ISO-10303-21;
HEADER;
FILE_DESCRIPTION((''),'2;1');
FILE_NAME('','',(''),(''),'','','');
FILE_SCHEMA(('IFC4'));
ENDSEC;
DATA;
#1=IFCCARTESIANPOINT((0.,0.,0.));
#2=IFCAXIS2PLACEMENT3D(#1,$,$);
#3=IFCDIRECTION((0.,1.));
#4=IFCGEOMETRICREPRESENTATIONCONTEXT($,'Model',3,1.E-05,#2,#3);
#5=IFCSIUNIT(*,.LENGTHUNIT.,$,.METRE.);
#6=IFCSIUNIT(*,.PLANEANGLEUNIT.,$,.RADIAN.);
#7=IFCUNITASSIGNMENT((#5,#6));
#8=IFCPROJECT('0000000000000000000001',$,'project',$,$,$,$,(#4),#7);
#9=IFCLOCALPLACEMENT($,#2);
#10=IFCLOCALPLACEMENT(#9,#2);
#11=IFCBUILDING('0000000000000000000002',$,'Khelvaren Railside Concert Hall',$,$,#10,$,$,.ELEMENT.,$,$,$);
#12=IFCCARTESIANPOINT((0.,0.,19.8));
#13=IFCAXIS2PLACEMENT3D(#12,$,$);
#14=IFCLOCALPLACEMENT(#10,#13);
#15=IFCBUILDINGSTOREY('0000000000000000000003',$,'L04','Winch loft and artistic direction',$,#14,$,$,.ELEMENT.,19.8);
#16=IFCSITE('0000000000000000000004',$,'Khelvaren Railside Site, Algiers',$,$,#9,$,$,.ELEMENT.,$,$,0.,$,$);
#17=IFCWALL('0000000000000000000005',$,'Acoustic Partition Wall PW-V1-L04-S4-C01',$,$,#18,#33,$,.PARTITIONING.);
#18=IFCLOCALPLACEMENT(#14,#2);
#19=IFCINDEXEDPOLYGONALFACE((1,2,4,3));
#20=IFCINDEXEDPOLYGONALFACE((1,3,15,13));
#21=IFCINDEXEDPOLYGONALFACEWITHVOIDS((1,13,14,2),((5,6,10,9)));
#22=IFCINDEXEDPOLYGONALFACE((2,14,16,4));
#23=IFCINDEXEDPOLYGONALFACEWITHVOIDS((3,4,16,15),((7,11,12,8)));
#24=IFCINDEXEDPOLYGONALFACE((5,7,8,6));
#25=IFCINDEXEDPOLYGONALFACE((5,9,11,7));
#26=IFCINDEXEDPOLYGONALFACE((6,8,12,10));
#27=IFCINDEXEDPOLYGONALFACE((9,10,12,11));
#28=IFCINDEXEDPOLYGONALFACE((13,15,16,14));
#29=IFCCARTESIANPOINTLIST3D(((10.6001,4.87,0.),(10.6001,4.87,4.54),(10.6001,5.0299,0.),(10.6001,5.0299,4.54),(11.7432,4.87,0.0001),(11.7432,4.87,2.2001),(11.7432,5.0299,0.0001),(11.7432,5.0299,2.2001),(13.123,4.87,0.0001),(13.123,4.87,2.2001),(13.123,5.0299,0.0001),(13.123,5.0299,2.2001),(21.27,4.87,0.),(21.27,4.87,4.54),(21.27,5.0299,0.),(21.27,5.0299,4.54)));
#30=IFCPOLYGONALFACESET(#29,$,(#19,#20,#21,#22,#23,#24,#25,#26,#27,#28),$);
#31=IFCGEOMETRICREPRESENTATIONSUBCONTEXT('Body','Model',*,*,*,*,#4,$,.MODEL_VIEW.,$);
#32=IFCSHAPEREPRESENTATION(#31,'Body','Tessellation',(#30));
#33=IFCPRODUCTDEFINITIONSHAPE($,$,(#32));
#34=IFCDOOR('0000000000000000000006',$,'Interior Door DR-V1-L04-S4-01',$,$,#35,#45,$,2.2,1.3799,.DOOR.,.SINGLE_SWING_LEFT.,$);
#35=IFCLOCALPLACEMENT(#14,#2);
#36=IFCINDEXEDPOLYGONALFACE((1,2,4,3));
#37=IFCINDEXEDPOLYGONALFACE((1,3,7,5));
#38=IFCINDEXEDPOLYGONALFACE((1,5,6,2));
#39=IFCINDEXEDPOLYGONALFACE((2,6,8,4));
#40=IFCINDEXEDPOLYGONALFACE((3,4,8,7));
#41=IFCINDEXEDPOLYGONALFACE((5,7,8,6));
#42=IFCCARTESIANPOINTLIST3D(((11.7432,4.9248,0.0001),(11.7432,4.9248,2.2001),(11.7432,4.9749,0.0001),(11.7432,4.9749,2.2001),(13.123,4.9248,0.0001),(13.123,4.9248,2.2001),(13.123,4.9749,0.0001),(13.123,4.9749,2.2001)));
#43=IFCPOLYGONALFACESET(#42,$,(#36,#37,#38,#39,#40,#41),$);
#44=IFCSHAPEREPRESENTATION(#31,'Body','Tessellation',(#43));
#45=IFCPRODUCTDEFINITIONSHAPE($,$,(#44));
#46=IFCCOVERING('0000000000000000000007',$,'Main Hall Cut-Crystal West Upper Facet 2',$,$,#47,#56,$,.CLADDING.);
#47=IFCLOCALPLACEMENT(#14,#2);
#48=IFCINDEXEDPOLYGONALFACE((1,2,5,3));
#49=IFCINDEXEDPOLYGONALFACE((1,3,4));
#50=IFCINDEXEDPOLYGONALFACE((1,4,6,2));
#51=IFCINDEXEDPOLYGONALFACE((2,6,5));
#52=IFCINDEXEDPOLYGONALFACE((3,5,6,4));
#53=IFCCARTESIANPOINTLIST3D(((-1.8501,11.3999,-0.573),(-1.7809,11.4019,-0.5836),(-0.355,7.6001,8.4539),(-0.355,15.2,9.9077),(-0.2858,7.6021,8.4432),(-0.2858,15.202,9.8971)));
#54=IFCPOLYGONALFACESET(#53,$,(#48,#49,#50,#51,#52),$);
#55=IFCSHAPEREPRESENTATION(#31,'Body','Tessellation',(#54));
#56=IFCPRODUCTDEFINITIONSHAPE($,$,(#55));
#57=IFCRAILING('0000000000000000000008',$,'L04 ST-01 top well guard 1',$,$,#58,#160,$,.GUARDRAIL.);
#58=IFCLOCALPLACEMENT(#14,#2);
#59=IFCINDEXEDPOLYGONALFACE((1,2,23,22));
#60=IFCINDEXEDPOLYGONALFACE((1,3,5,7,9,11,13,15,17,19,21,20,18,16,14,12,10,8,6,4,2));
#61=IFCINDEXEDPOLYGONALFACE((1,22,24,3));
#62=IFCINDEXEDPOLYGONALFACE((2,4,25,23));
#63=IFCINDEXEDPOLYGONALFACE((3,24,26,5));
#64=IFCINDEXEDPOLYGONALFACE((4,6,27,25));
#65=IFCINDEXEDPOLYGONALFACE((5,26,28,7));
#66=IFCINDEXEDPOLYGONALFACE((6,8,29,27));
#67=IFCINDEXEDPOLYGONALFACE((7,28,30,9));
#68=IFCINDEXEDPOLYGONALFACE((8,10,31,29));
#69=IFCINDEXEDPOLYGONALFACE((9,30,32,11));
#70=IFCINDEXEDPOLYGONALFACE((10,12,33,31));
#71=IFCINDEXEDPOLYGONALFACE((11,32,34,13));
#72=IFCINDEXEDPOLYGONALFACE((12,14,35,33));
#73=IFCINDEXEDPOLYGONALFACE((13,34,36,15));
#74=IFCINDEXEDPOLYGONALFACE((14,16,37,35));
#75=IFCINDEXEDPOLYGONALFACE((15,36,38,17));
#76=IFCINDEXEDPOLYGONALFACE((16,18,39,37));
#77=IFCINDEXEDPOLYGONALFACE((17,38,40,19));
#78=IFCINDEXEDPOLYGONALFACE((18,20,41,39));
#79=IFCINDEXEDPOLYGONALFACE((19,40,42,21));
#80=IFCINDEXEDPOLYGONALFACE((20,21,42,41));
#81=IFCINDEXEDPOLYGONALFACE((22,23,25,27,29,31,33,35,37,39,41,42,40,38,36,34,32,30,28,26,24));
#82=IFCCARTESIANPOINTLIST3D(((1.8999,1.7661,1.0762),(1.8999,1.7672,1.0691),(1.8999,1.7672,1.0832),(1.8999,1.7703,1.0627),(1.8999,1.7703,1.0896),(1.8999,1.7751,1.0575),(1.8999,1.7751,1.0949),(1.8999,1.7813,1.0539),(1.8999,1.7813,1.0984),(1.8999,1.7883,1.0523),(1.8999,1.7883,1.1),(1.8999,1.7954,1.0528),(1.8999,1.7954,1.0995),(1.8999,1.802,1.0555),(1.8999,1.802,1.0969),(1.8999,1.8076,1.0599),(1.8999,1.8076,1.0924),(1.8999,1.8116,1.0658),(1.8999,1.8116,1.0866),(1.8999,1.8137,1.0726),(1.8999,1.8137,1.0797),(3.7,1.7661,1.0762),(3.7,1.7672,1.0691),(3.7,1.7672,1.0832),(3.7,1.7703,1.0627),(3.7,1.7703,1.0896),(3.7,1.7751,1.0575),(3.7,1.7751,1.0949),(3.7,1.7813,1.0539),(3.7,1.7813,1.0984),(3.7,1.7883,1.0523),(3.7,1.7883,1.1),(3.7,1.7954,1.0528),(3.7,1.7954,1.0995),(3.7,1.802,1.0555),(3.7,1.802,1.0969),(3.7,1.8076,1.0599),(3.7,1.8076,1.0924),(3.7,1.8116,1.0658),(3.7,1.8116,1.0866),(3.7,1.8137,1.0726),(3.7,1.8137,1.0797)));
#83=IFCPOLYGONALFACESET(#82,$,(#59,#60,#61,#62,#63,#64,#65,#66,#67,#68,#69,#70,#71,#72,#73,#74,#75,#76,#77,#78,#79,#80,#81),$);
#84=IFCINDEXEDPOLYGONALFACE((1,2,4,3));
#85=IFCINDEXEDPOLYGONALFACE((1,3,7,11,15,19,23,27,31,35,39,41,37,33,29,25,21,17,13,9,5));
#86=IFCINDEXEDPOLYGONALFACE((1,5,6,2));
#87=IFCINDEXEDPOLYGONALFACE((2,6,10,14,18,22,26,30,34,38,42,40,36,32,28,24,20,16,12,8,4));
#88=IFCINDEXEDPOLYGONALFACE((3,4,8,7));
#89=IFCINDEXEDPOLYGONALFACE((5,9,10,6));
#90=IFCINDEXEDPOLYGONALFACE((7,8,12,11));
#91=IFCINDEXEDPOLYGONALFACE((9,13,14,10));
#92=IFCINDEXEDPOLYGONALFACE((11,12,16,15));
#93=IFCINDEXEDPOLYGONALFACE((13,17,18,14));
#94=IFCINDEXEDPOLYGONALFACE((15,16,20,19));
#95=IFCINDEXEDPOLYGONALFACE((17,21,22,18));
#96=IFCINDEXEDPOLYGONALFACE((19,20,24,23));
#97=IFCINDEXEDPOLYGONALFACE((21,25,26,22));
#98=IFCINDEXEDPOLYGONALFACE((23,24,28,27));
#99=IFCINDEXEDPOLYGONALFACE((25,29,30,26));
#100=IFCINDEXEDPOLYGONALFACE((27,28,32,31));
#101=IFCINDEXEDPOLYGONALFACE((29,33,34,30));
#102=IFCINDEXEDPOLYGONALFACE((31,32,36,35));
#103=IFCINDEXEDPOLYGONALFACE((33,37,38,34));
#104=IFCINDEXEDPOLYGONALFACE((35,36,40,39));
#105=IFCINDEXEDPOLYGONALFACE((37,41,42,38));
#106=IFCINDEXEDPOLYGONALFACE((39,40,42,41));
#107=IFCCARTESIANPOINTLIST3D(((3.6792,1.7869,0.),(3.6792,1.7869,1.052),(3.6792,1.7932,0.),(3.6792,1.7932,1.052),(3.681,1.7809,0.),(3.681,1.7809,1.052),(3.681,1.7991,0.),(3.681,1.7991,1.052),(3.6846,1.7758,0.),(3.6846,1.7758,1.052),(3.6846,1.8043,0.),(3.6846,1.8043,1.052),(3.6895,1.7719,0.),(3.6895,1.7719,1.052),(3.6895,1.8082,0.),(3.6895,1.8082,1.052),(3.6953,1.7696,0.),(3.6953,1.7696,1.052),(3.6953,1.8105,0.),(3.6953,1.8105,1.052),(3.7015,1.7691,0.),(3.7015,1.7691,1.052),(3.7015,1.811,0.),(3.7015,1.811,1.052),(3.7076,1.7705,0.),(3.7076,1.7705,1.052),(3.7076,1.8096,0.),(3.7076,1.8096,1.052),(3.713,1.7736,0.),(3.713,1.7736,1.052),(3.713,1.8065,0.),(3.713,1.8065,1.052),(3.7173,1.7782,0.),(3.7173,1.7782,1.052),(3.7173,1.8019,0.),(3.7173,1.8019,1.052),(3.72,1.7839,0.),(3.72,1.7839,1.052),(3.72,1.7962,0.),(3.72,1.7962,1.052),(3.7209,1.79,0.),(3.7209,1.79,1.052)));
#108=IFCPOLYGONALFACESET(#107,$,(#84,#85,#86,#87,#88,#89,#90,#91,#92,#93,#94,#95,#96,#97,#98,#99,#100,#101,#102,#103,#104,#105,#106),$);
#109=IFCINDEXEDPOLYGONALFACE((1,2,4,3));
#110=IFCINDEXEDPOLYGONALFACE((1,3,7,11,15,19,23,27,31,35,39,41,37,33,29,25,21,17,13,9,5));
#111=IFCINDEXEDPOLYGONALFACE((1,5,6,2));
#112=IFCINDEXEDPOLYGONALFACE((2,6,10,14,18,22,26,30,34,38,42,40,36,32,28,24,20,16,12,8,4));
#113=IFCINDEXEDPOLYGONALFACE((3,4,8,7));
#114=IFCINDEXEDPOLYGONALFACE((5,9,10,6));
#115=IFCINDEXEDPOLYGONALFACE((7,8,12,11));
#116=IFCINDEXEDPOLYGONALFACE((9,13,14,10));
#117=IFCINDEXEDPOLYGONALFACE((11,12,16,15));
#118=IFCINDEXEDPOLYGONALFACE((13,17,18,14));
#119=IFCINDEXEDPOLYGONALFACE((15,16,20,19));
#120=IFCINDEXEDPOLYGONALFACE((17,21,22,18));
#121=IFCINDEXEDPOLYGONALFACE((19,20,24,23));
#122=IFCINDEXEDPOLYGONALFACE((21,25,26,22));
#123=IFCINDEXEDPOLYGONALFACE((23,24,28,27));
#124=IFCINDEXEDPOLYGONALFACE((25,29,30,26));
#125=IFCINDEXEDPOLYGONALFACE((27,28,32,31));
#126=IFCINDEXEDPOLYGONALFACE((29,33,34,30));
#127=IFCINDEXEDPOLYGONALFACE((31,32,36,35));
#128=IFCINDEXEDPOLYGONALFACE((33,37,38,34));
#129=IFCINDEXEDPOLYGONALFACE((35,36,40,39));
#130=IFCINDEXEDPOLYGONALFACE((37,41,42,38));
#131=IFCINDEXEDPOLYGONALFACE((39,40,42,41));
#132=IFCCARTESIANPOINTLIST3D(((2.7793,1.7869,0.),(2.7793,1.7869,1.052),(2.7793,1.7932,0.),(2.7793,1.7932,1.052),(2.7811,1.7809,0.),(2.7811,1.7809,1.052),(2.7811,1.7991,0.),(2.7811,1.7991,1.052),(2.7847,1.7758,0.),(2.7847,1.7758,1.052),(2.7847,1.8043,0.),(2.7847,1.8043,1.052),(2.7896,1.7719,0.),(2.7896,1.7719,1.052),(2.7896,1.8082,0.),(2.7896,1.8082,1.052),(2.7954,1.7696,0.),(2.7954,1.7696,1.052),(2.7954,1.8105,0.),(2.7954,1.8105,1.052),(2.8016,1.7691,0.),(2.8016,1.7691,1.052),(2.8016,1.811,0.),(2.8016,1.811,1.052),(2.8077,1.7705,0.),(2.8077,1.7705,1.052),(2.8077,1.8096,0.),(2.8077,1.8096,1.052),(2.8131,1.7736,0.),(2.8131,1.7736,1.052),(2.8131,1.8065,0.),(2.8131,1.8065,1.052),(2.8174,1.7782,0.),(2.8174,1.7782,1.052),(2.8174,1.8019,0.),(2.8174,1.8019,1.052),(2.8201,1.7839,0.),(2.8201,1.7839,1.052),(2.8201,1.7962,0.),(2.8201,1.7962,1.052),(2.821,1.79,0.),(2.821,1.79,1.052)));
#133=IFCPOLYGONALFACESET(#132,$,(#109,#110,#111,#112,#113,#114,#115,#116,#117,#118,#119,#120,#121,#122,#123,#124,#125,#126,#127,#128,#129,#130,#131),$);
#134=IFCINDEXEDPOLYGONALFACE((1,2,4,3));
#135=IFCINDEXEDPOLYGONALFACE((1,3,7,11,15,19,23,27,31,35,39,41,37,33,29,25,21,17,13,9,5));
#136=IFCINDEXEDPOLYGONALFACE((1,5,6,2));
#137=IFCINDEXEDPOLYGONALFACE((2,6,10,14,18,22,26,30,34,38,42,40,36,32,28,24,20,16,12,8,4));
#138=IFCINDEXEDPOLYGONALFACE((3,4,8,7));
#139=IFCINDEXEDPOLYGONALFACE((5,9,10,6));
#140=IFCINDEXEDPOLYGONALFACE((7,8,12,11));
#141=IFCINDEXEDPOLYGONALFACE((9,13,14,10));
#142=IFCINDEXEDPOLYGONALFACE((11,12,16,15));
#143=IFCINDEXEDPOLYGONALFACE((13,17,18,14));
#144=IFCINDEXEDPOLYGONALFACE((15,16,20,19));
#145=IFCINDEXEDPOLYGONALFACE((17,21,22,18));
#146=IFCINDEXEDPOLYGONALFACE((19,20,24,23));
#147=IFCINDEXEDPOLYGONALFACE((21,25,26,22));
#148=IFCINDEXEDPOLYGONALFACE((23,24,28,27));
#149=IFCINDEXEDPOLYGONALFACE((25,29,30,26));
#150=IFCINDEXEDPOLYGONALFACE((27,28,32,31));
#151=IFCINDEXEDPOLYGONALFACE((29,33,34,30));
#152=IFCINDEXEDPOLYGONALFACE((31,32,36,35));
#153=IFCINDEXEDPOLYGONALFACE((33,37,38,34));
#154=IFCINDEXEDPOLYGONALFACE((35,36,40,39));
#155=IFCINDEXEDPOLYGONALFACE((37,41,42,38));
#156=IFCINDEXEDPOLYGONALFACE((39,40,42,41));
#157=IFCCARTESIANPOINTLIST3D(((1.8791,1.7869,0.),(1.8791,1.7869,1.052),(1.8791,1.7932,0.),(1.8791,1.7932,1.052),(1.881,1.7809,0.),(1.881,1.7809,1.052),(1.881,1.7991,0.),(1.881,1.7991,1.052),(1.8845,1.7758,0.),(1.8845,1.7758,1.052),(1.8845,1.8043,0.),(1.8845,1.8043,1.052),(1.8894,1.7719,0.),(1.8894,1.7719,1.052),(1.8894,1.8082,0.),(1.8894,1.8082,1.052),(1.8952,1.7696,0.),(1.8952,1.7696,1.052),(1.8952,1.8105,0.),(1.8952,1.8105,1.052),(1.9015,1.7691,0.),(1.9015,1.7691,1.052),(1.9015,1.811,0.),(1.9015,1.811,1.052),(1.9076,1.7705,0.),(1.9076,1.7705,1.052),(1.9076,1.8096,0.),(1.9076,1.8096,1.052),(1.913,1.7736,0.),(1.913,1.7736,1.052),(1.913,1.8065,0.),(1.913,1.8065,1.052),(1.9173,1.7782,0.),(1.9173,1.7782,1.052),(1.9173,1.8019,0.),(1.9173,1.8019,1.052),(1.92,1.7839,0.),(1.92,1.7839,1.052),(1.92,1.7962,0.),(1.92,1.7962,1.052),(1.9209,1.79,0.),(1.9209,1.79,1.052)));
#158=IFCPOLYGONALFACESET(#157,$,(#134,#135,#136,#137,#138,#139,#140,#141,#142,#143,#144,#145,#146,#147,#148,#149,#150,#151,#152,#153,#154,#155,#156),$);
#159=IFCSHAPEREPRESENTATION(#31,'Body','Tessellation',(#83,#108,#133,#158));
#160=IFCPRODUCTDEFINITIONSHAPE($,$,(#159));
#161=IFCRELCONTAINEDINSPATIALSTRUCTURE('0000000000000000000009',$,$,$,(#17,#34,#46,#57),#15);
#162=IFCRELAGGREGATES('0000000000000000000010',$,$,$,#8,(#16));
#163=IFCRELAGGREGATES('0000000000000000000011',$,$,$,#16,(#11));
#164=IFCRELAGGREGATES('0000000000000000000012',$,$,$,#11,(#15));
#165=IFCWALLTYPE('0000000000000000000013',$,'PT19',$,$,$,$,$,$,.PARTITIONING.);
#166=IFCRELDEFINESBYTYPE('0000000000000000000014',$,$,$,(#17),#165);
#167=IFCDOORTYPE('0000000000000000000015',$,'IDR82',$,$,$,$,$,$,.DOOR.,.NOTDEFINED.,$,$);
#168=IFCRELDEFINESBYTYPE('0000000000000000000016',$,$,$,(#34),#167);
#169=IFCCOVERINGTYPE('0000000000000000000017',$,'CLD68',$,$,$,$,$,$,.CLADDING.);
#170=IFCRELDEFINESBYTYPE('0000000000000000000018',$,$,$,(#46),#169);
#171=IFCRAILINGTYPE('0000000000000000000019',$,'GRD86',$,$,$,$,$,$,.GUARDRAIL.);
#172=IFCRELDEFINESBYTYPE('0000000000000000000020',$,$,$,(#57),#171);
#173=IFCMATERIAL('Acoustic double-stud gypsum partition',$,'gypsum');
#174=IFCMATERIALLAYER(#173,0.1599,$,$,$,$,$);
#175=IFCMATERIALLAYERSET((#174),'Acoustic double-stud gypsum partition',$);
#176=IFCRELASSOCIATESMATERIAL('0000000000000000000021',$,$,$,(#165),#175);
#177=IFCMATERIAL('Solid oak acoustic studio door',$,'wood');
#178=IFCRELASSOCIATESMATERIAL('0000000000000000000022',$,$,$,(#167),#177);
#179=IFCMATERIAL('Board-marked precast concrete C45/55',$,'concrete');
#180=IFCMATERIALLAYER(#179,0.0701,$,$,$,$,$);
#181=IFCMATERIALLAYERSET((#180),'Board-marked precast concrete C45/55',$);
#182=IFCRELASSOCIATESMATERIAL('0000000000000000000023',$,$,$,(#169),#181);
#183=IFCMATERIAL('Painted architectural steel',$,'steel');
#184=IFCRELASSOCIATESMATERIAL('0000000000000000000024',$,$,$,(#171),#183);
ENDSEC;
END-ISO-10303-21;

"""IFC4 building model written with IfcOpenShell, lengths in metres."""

from ifc_helpers import new_model, si_unit, direction, frame, frame_2d, origin, origin_2d, place, context, subcontext, project, spatial, polyline, rectangle, circle, outline, extrude, material, layer, layer_set, type_object, element, fill, save


model = new_model("IFC4")

# Units and contexts
model_context = context("Model", 3, precision=1e-05, world=origin(), true_north=direction((0.0, 1.0)))
body_context = subcontext(model_context, "Body", "Model", "MODEL_VIEW")
ifc_project = project(units=[si_unit("LENGTHUNIT", "METRE"), si_unit("PLANEANGLEUNIT", "RADIAN")], contexts=[model_context])

# Site, building, storey
site_placement = place(None, origin())
site = spatial("IfcSite", under=ifc_project, at=site_placement, Name="Khelvaren Railside Site, Algiers", CompositionType="ELEMENT", RefElevation=0.0)
building_placement = place(site_placement, origin())
building = spatial("IfcBuilding", under=site, at=building_placement, Name="Khelvaren Railside Concert Hall", CompositionType="ELEMENT")
storey_placement = place(building_placement, frame((0.0, 0.0, 19.8)))
storey = spatial("IfcBuildingStorey", under=building, at=storey_placement, Name="L04", Description="Winch loft and artistic direction", CompositionType="ELEMENT", Elevation=19.8)

# Wall, opening, door
ifc_material_1 = material(Name="Acoustic double-stud gypsum partition", Category="gypsum")
ifc_layer_1 = layer(ifc_material_1, 0.1599)
ifc_layer_set_1 = layer_set([ifc_layer_1], Name="Acoustic double-stud gypsum partition")
wall_type_1 = type_object("IfcWallType", Name="PT19", PredefinedType="PARTITIONING", material=ifc_layer_set_1)
wall_1_placement = place(storey_placement, frame((10.6001, 4.95, 0.0), z_axis=(0.0, 0.0, 1.0), x_axis=(1.0, 0.0, 0.0)))
wall_1 = element("IfcWall", 1, at=wall_1_placement, inside=storey, type_object=wall_type_1, Name="Acoustic Partition Wall PW-V1-L04-S4-C01", PredefinedType="PARTITIONING", context=body_context, shape_type="SweptSolid", body=[
    extrude(rectangle(XDim=10.6699, YDim=0.1599, at=frame_2d((5.335, 0.0))), origin(), (0.0, 0.0, 1.0), 4.54),
])
opening_1_placement = place(wall_1_placement, frame((1.1431, 0.0, 0.0)))
opening_1 = element("IfcOpeningElement", 2, at=opening_1_placement, cuts=wall_1, PredefinedType="OPENING", context=body_context, shape_type="SweptSolid", body=[
    extrude(rectangle(XDim=1.3799, YDim=2.2, at=frame_2d((0.6899, 1.1001))), frame((0.0, 0.0898, 0.0), z_axis=(0.0, -1.0, 0.0), x_axis=(1.0, 0.0, 0.0)), (0.0, 0.0, 1.0), 0.1799),
])
ifc_material_2 = material(Name="Solid oak acoustic studio door", Category="wood")
door_type_1 = type_object("IfcDoorType", Name="IDR82", OperationType="NOTDEFINED", PredefinedType="DOOR", material=ifc_material_2)
door_1_placement = place(opening_1_placement, origin())
door_1 = element("IfcDoor", 3, at=door_1_placement, inside=storey, type_object=door_type_1, Name="Interior Door DR-V1-L04-S4-01", OperationType="SINGLE_SWING_LEFT", OverallHeight=2.2, OverallWidth=1.3799, PredefinedType="DOOR", context=body_context, shape_type="SweptSolid", body=[
    extrude(rectangle(XDim=1.3799, YDim=2.2, at=frame_2d((0.6899, 1.1001))), frame((0.0, 0.0249, 0.0), z_axis=(0.0, -1.0, 0.0), x_axis=(1.0, 0.0, 0.0)), (0.0, 0.0, 1.0), 0.05),
])
fill(opening_1, door_1)

# Covering
ifc_material_3 = material(Name="Board-marked precast concrete C45/55", Category="concrete")
ifc_layer_2 = layer(ifc_material_3, 0.0701)
ifc_layer_set_2 = layer_set([ifc_layer_2], Name="Board-marked precast concrete C45/55")
covering_type = type_object("IfcCoveringType", Name="CLD68", PredefinedType="CLADDING", material=ifc_layer_set_2)
covering_placement = place(storey_placement, frame((-0.355, 7.6001, 8.4539), z_axis=(-0.98804, -0.028973, 0.151453), x_axis=(0.0, 0.982189, 0.187894)))
element("IfcCovering", 4, at=covering_placement, inside=storey, type_object=covering_type, Name="Main Hall Cut-Crystal West Upper Facet 2", PredefinedType="CLADDING", context=body_context, shape_type="SweptSolid", body=[
    extrude(outline(polyline([(0.0, 0.0), (7.7377, 0.0), (2.036, 9.696), (0.0, 0.0)])), origin(), (0.0, 0.0, -1.0), 0.0701),
])

# Railing
ifc_material_4 = material(Name="Painted architectural steel", Category="steel")
railing_type = type_object("IfcRailingType", Name="GRD86", PredefinedType="GUARDRAIL", material=ifc_material_4)
railing_1_placement = place(storey_placement, frame((3.7, 1.79, 0.0)))
element("IfcRailing", 5, at=railing_1_placement, inside=storey, type_object=railing_type, Name="L04 ST-01 top well guard 1", PredefinedType="GUARDRAIL", context=body_context, shape_type="SweptSolid", body=[
    extrude(circle(Radius=0.0239, at=origin_2d()), frame((0.0, 0.0, 1.0762), z_axis=(-1.0, 0.0, 0.0), x_axis=(0.0, -1.0, 0.0)), (0.0, 0.0, 1.0), 1.8),
    extrude(circle(Radius=0.021, at=origin_2d()), origin(), (0.0, 0.0, 1.0), 1.052),
    extrude(circle(Radius=0.021, at=origin_2d()), frame((-0.8999, 0.0, 0.0)), (0.0, 0.0, 1.0), 1.052),
    extrude(circle(Radius=0.021, at=origin_2d()), frame((-1.8, 0.0, 0.0)), (0.0, 0.0, 1.0), 1.052),
])

save(model, "model.ifc")
